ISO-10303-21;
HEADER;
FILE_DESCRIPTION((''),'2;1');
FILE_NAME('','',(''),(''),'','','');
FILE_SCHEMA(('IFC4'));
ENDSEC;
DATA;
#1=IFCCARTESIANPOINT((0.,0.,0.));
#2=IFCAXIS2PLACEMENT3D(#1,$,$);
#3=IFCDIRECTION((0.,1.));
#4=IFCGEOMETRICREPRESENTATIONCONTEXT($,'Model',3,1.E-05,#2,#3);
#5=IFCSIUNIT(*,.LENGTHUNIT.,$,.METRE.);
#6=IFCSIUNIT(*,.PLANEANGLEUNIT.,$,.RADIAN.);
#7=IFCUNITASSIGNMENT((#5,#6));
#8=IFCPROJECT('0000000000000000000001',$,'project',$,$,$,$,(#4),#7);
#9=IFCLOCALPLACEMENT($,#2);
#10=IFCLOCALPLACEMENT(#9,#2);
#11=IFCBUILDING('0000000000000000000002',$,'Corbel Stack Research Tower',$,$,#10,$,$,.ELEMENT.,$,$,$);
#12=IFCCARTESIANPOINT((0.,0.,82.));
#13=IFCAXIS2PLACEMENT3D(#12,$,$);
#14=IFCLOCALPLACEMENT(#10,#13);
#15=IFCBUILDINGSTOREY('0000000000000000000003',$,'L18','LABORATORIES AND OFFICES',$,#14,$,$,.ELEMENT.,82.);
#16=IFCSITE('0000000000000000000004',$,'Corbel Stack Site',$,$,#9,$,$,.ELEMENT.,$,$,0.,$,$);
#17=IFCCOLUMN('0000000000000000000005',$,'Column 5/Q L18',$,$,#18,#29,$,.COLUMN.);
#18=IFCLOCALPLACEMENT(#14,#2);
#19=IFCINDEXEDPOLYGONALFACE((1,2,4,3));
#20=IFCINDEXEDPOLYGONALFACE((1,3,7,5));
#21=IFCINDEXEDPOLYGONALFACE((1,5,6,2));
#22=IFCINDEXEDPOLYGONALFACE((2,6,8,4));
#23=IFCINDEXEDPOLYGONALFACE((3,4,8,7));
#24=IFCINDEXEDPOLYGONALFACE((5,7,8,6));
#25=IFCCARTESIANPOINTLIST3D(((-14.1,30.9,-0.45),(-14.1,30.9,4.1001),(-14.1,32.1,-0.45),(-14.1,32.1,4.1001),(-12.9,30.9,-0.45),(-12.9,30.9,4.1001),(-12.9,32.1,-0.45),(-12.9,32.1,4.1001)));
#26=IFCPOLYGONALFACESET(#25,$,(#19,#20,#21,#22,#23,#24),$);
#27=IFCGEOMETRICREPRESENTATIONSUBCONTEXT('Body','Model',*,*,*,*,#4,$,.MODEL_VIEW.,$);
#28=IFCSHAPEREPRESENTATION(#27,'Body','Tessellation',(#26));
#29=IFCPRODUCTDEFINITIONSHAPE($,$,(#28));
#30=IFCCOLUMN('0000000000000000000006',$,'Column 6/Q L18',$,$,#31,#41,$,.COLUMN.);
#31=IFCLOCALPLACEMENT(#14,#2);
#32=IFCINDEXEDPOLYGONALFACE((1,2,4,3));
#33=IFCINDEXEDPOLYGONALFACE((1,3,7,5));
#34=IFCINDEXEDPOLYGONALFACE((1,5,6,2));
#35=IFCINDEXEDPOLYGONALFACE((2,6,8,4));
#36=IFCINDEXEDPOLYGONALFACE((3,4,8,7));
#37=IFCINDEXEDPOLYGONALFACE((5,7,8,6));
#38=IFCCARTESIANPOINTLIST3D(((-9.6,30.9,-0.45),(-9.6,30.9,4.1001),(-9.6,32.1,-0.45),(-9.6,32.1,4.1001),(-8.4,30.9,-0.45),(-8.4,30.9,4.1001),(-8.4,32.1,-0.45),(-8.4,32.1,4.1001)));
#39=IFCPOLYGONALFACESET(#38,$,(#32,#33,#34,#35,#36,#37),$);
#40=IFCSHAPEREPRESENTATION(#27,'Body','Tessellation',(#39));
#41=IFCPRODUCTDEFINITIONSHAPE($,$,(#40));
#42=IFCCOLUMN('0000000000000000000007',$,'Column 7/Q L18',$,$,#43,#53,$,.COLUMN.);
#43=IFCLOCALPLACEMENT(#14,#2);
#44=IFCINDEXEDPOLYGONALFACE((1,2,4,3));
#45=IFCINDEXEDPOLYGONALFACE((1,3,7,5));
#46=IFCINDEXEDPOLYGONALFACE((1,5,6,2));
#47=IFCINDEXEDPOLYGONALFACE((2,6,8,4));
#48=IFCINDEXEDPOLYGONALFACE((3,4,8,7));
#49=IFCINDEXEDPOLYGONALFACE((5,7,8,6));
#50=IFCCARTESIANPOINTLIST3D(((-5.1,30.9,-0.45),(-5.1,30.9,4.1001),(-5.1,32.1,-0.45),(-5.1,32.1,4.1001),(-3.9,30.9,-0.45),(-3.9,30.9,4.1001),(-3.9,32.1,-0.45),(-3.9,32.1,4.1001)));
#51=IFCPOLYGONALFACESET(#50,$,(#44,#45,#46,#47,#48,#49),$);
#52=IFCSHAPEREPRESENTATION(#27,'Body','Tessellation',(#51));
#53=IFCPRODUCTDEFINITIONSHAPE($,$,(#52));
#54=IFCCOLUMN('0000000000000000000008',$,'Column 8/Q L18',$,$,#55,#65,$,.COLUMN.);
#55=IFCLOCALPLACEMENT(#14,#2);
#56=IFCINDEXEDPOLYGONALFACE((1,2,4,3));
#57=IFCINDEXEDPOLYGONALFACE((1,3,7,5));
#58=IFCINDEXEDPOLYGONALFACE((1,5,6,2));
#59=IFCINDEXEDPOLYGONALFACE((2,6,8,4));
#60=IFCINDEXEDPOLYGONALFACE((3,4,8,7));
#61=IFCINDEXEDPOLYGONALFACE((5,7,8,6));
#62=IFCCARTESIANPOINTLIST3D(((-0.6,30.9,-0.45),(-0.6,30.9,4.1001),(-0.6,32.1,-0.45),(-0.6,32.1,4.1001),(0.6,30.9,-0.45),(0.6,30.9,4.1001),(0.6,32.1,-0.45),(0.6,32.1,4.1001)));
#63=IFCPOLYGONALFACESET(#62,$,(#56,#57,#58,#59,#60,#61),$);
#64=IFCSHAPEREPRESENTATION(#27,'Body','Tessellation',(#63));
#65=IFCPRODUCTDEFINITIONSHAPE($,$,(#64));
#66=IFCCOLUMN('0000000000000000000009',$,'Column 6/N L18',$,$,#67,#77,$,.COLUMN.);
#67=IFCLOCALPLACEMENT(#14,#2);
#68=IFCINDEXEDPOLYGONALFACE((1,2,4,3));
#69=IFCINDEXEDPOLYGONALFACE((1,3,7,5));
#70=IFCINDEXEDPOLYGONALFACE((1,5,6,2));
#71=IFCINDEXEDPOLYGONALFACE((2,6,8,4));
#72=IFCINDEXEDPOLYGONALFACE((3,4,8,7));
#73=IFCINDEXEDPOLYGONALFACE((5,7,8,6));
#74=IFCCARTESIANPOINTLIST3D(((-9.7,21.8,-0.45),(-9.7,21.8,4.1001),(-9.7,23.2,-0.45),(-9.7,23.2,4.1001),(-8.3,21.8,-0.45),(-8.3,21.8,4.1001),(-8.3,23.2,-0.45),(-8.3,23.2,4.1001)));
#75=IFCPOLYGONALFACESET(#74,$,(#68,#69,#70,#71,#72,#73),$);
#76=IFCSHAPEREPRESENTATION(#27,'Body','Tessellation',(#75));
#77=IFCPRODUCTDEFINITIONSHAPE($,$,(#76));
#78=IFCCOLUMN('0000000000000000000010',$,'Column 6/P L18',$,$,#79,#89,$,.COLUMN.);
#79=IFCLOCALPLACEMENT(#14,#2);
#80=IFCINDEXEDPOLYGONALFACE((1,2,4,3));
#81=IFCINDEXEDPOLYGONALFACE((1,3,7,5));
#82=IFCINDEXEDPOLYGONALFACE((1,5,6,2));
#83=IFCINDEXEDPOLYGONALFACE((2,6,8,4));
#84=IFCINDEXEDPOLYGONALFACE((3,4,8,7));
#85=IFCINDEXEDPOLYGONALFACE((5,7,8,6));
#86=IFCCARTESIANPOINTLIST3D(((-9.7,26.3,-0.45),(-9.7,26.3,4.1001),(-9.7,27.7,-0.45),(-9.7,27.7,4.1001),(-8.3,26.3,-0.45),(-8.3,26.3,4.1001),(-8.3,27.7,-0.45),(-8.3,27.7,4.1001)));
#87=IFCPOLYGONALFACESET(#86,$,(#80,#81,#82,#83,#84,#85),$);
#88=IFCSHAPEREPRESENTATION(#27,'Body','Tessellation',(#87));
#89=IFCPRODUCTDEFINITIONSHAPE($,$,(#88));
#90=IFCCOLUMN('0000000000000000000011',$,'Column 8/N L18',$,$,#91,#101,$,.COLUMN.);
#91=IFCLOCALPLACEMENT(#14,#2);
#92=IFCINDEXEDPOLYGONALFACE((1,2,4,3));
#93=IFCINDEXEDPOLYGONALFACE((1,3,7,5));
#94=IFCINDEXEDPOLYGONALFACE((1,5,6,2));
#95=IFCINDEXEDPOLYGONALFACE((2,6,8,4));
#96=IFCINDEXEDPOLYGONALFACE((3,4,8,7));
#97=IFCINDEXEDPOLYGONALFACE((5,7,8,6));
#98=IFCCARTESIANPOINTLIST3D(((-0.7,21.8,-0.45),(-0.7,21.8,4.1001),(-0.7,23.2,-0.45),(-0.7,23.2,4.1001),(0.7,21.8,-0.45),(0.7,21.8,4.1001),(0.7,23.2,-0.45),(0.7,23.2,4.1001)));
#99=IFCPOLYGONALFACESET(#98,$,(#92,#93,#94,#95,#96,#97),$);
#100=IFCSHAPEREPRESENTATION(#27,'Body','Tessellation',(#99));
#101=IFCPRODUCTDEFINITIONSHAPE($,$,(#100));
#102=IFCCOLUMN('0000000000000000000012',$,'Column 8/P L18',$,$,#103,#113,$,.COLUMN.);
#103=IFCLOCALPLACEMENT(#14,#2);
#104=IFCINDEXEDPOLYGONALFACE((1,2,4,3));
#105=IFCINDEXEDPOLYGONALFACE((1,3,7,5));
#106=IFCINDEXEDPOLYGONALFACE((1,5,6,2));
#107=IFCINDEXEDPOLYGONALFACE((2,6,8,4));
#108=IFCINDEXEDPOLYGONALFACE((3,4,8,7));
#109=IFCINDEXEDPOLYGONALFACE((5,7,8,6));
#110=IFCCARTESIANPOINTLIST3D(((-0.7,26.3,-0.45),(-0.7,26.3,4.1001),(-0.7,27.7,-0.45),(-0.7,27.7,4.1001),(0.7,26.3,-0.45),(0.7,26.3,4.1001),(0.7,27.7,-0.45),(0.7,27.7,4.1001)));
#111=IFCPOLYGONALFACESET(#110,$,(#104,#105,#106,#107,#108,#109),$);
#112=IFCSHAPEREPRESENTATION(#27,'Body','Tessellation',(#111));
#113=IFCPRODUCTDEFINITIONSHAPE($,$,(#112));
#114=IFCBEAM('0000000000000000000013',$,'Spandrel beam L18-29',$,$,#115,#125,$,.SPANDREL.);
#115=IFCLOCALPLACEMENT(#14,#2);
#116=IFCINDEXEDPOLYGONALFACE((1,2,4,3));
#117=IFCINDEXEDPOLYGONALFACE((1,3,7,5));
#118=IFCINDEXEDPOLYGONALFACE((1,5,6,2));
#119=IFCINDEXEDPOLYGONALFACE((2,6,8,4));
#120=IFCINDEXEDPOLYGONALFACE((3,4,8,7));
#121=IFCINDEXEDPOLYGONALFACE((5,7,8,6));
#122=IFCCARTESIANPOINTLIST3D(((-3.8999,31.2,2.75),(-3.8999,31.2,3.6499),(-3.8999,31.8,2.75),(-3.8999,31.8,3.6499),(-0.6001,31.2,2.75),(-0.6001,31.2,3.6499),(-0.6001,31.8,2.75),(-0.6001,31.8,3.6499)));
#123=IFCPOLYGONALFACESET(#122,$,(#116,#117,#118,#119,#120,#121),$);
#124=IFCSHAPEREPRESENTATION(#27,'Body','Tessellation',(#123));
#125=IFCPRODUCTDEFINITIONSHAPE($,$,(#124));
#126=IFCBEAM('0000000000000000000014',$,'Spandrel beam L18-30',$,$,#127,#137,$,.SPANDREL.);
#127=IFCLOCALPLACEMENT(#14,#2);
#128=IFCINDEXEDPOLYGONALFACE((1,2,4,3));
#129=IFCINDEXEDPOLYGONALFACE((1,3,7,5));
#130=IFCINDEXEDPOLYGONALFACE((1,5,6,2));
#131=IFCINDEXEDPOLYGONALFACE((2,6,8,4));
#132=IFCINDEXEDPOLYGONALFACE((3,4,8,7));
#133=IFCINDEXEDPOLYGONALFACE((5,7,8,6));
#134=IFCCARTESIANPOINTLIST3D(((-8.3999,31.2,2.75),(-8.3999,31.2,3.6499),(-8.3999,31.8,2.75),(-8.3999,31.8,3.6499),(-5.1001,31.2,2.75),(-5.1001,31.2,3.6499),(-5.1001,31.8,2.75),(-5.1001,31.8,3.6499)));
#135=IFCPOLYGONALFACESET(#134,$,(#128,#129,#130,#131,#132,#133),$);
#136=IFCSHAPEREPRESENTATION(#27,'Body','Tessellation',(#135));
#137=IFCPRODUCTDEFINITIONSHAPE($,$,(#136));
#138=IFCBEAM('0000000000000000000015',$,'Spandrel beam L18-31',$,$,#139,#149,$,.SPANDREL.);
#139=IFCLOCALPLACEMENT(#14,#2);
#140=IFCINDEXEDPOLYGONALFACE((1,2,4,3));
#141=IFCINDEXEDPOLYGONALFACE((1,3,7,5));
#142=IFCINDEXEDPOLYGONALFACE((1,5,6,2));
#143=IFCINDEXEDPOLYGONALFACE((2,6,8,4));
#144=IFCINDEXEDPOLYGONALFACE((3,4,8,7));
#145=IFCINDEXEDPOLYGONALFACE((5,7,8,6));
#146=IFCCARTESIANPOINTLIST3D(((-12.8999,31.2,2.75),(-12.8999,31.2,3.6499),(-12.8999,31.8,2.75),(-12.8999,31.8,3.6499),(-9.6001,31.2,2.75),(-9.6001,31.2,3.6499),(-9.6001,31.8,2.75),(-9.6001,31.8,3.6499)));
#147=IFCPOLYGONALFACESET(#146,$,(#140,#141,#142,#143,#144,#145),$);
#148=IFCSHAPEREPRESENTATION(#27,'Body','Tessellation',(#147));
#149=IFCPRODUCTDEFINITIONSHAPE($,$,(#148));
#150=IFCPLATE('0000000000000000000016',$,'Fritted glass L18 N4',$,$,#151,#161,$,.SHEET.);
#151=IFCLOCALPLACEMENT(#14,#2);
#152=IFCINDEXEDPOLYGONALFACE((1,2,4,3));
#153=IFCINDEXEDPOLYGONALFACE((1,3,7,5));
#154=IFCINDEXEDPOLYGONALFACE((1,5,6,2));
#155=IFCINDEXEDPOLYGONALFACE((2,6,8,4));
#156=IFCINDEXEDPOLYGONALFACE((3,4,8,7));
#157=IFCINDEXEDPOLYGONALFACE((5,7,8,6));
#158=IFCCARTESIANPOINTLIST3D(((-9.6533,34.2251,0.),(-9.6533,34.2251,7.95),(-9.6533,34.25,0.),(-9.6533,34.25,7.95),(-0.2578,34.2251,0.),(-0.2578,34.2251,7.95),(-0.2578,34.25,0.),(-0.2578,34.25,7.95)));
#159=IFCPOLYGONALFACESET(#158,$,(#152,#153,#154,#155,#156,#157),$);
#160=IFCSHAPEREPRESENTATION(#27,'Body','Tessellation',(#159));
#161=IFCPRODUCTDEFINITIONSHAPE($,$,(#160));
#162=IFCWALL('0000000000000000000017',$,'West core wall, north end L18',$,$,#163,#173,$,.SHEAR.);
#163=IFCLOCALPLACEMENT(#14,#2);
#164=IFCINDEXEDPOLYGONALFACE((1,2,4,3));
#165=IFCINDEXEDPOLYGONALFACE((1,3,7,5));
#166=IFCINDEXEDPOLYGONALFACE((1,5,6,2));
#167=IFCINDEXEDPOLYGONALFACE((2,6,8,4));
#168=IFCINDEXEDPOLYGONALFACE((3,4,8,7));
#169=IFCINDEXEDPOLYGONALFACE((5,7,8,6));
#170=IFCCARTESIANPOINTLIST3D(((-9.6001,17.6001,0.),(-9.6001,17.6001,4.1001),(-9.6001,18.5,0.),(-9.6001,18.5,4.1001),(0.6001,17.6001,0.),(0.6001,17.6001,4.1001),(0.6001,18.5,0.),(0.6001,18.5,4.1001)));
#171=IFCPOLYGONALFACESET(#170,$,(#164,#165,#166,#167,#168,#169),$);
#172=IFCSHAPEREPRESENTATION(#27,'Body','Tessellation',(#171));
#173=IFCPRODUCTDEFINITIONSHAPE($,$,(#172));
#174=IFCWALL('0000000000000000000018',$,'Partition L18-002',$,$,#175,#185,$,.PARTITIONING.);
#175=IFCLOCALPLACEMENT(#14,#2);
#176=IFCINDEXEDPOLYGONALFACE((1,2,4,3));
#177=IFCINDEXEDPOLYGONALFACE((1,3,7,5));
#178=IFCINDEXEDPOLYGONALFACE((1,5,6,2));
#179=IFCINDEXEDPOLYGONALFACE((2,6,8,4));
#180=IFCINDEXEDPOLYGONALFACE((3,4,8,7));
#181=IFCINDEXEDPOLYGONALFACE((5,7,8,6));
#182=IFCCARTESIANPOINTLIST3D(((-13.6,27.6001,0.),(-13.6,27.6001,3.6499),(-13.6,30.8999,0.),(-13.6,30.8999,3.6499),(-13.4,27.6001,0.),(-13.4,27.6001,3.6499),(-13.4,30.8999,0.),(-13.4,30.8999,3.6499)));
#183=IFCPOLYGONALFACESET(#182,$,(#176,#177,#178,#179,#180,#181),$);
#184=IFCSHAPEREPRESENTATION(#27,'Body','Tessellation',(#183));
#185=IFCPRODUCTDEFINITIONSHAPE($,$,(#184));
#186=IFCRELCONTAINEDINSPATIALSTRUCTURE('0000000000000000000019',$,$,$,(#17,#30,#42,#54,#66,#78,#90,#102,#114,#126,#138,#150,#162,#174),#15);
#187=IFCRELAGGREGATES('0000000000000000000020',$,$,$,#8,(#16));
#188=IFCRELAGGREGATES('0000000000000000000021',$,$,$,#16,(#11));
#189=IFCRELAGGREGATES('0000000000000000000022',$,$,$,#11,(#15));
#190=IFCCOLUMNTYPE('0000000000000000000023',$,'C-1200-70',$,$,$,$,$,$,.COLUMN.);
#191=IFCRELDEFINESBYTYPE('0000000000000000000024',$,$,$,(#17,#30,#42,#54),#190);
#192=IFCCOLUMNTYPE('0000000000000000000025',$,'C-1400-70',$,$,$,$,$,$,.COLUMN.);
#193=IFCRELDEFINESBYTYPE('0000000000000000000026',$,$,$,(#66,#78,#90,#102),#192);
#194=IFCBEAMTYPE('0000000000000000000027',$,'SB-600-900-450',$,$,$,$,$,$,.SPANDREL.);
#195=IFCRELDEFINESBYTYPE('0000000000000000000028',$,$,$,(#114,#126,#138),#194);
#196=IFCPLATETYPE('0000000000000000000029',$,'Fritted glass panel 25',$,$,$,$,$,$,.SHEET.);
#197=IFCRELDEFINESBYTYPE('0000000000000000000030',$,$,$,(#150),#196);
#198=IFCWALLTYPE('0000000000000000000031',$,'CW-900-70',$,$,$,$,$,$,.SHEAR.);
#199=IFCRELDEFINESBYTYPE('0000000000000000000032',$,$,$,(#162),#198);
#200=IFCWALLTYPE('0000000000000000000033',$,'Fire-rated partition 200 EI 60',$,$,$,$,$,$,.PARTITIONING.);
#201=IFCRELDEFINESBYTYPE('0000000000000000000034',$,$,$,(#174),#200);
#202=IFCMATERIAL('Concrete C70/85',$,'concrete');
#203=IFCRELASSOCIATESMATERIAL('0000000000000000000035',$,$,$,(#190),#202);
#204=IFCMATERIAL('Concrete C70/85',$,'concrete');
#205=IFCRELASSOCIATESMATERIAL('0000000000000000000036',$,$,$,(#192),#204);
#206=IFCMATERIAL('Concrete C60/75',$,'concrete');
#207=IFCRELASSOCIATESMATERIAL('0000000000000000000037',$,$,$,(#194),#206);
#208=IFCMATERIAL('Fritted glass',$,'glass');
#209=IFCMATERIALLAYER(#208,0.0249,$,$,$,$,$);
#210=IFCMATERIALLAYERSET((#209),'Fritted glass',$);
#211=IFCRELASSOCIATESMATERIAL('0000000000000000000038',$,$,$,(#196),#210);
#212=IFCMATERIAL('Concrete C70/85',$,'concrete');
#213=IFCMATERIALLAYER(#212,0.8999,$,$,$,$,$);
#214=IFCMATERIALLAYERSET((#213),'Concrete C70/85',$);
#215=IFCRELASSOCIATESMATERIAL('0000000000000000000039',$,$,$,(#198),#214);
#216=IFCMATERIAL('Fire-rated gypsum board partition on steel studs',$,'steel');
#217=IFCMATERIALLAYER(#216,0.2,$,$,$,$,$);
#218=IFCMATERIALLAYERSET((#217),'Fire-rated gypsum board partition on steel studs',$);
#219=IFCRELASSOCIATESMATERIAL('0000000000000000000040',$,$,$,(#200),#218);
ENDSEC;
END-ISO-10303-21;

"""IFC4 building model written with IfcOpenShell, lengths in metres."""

from ifc_helpers import new_model, si_unit, direction, frame, frame_2d, origin, origin_2d, place, context, subcontext, project, spatial, rectangle, extrude, material, layer, layer_set, material_profile, profile_set, type_object, element, save


model = new_model("IFC4")

# Units and contexts
model_context = context("Model", 3, precision=1e-05, world=origin(), true_north=direction((0.0, 1.0)))
body_context = subcontext(model_context, "Body", "Model", "MODEL_VIEW")
ifc_project = project(units=[si_unit("LENGTHUNIT", "METRE"), si_unit("PLANEANGLEUNIT", "RADIAN")], contexts=[model_context])

# Site, building, storey
site_placement = place(None, origin())
site = spatial("IfcSite", under=ifc_project, at=site_placement, Name="Corbel Stack Site", CompositionType="ELEMENT", RefElevation=0.0)
building_placement = place(site_placement, origin())
building = spatial("IfcBuilding", under=site, at=building_placement, Name="Corbel Stack Research Tower", CompositionType="ELEMENT")
storey_placement = place(building_placement, frame((0.0, 0.0, 82.0)))
storey = spatial("IfcBuildingStorey", under=building, at=storey_placement, Name="L18", Description="LABORATORIES AND OFFICES", CompositionType="ELEMENT", Elevation=82.0)

# Columns
ifc_material_1 = material(Name="Concrete C70/85", Category="concrete")
ifc_material_profile_1 = material_profile(ifc_material_1, rectangle(XDim=1.2, YDim=1.2, at=origin_2d()), Name="RC 1200 x 1200")
ifc_profile_set_1 = profile_set([ifc_material_profile_1], Name="Concrete C70/85")
column_type_1 = type_object("IfcColumnType", Name="C-1200-70", PredefinedType="COLUMN", material=ifc_profile_set_1)
for number, where, z_axis, x_axis, name in (
    (1, (-13.5, 31.5, -0.45), (0.0, 0.0, 1.0), (1.0, 0.0, 0.0), "Column 5/Q L18"),
    (2, (-9.0, 31.5, -0.45), (0.0, 0.0, 1.0), (1.0, 0.0, 0.0), "Column 6/Q L18"),
    (3, (-4.5, 31.5, -0.45), (0.0, 0.0, 1.0), (1.0, 0.0, 0.0), "Column 7/Q L18"),
    (4, (0.0, 31.5, -0.45), (0.0, 0.0, 1.0), (1.0, 0.0, 0.0), "Column 8/Q L18"),
):
    element("IfcColumn", number, at=place(storey_placement, frame(where, z_axis=z_axis, x_axis=x_axis)), inside=storey, type_object=column_type_1, Name=name, PredefinedType="COLUMN", context=body_context, shape_type="SweptSolid", body=[
        extrude(rectangle(XDim=1.2, YDim=1.2, at=origin_2d()), origin(), (0.0, 0.0, 1.0), 4.55),
    ])
ifc_material_2 = material(Name="Concrete C70/85", Category="concrete")
ifc_material_profile_2 = material_profile(ifc_material_2, rectangle(XDim=1.3999, YDim=1.3999, at=origin_2d()), Name="RC 1400 x 1400")
ifc_profile_set_2 = profile_set([ifc_material_profile_2], Name="Concrete C70/85")
column_type_2 = type_object("IfcColumnType", Name="C-1400-70", PredefinedType="COLUMN", material=ifc_profile_set_2)
for number, where, z_axis, x_axis, name in (
    (5, (-9.0, 22.5, -0.45), (0.0, 0.0, 1.0), (1.0, 0.0, 0.0), "Column 6/N L18"),
    (6, (-9.0, 27.0, -0.45), (0.0, 0.0, 1.0), (1.0, 0.0, 0.0), "Column 6/P L18"),
    (7, (0.0, 22.5, -0.45), (0.0, 0.0, 1.0), (1.0, 0.0, 0.0), "Column 8/N L18"),
    (8, (0.0, 27.0, -0.45), (0.0, 0.0, 1.0), (1.0, 0.0, 0.0), "Column 8/P L18"),
):
    element("IfcColumn", number, at=place(storey_placement, frame(where, z_axis=z_axis, x_axis=x_axis)), inside=storey, type_object=column_type_2, Name=name, PredefinedType="COLUMN", context=body_context, shape_type="SweptSolid", body=[
        extrude(rectangle(XDim=1.3999, YDim=1.3999, at=origin_2d()), origin(), (0.0, 0.0, 1.0), 4.55),
    ])

# Beams
ifc_material_3 = material(Name="Concrete C60/75", Category="concrete")
ifc_material_profile_3 = material_profile(ifc_material_3, rectangle(XDim=0.6001, YDim=0.8999, at=origin_2d()), Name="RC 600 x 900")
ifc_profile_set_3 = profile_set([ifc_material_profile_3], Name="Concrete C60/75")
beam_type = type_object("IfcBeamType", Name="SB-600-900-450", PredefinedType="SPANDREL", material=ifc_profile_set_3)
for number, where, z_axis, x_axis, name in (
    (9, (-0.6001, 31.5, 3.2), (-1.0, 0.0, 0.0), (0.0, -1.0, 0.0), "Spandrel beam L18-29"),
    (10, (-5.1001, 31.5, 3.2), (-1.0, 0.0, 0.0), (0.0, -1.0, 0.0), "Spandrel beam L18-30"),
    (11, (-9.6001, 31.5, 3.2), (-1.0, 0.0, 0.0), (0.0, -1.0, 0.0), "Spandrel beam L18-31"),
):
    element("IfcBeam", number, at=place(storey_placement, frame(where, z_axis=z_axis, x_axis=x_axis)), inside=storey, type_object=beam_type, Name=name, PredefinedType="SPANDREL", context=body_context, shape_type="SweptSolid", body=[
        extrude(rectangle(XDim=0.6001, YDim=0.8999, at=origin_2d()), origin(), (0.0, 0.0, 1.0), 3.2998),
    ])

# Plate
ifc_material_4 = material(Name="Fritted glass", Category="glass")
ifc_layer_1 = layer(ifc_material_4, 0.0249)
ifc_layer_set_1 = layer_set([ifc_layer_1], Name="Fritted glass")
plate_type = type_object("IfcPlateType", Name="Fritted glass panel 25", PredefinedType="SHEET", material=ifc_layer_set_1)
plate_placement = place(storey_placement, frame((-4.9556, 34.2375, 0.0), z_axis=(0.0, 0.0, 1.0), x_axis=(-1.0, 0.0, 0.0)))
element("IfcPlate", 12, at=plate_placement, inside=storey, type_object=plate_type, Name="Fritted glass L18 N4", PredefinedType="SHEET", context=body_context, shape_type="SweptSolid", body=[
    extrude(rectangle(XDim=9.3955, YDim=0.0249, at=origin_2d()), origin(), (0.0, 0.0, 1.0), 7.95),
])

# Walls
ifc_material_5 = material(Name="Concrete C70/85", Category="concrete")
ifc_layer_2 = layer(ifc_material_5, 0.8999)
ifc_layer_set_2 = layer_set([ifc_layer_2], Name="Concrete C70/85")
wall_type_1 = type_object("IfcWallType", Name="CW-900-70", PredefinedType="SHEAR", material=ifc_layer_set_2)
wall_1_placement = place(storey_placement, frame((-9.6001, 18.05, 0.0), z_axis=(0.0, 0.0, 1.0), x_axis=(1.0, 0.0, 0.0)))
element("IfcWall", 13, at=wall_1_placement, inside=storey, type_object=wall_type_1, Name="West core wall, north end L18", PredefinedType="SHEAR", context=body_context, shape_type="SweptSolid", body=[
    extrude(rectangle(XDim=10.2002, YDim=0.8999, at=frame_2d((5.1001, 0.0))), origin(), (0.0, 0.0, 1.0), 4.1001),
])
ifc_material_6 = material(Name="Fire-rated gypsum board partition on steel studs", Category="steel")
ifc_layer_3 = layer(ifc_material_6, 0.2)
ifc_layer_set_3 = layer_set([ifc_layer_3], Name="Fire-rated gypsum board partition on steel studs")
wall_type_2 = type_object("IfcWallType", Name="Fire-rated partition 200 EI 60", PredefinedType="PARTITIONING", material=ifc_layer_set_3)
wall_2_placement = place(storey_placement, frame((-13.5, 27.6001, 0.0), z_axis=(0.0, 0.0, 1.0), x_axis=(0.0, 1.0, 0.0)))
element("IfcWall", 14, at=wall_2_placement, inside=storey, type_object=wall_type_2, Name="Partition L18-002", PredefinedType="PARTITIONING", context=body_context, shape_type="SweptSolid", body=[
    extrude(rectangle(XDim=3.2998, YDim=0.2, at=frame_2d((1.6499, 0.0))), origin(), (0.0, 0.0, 1.0), 3.6499),
])

save(model, "model.ifc")
